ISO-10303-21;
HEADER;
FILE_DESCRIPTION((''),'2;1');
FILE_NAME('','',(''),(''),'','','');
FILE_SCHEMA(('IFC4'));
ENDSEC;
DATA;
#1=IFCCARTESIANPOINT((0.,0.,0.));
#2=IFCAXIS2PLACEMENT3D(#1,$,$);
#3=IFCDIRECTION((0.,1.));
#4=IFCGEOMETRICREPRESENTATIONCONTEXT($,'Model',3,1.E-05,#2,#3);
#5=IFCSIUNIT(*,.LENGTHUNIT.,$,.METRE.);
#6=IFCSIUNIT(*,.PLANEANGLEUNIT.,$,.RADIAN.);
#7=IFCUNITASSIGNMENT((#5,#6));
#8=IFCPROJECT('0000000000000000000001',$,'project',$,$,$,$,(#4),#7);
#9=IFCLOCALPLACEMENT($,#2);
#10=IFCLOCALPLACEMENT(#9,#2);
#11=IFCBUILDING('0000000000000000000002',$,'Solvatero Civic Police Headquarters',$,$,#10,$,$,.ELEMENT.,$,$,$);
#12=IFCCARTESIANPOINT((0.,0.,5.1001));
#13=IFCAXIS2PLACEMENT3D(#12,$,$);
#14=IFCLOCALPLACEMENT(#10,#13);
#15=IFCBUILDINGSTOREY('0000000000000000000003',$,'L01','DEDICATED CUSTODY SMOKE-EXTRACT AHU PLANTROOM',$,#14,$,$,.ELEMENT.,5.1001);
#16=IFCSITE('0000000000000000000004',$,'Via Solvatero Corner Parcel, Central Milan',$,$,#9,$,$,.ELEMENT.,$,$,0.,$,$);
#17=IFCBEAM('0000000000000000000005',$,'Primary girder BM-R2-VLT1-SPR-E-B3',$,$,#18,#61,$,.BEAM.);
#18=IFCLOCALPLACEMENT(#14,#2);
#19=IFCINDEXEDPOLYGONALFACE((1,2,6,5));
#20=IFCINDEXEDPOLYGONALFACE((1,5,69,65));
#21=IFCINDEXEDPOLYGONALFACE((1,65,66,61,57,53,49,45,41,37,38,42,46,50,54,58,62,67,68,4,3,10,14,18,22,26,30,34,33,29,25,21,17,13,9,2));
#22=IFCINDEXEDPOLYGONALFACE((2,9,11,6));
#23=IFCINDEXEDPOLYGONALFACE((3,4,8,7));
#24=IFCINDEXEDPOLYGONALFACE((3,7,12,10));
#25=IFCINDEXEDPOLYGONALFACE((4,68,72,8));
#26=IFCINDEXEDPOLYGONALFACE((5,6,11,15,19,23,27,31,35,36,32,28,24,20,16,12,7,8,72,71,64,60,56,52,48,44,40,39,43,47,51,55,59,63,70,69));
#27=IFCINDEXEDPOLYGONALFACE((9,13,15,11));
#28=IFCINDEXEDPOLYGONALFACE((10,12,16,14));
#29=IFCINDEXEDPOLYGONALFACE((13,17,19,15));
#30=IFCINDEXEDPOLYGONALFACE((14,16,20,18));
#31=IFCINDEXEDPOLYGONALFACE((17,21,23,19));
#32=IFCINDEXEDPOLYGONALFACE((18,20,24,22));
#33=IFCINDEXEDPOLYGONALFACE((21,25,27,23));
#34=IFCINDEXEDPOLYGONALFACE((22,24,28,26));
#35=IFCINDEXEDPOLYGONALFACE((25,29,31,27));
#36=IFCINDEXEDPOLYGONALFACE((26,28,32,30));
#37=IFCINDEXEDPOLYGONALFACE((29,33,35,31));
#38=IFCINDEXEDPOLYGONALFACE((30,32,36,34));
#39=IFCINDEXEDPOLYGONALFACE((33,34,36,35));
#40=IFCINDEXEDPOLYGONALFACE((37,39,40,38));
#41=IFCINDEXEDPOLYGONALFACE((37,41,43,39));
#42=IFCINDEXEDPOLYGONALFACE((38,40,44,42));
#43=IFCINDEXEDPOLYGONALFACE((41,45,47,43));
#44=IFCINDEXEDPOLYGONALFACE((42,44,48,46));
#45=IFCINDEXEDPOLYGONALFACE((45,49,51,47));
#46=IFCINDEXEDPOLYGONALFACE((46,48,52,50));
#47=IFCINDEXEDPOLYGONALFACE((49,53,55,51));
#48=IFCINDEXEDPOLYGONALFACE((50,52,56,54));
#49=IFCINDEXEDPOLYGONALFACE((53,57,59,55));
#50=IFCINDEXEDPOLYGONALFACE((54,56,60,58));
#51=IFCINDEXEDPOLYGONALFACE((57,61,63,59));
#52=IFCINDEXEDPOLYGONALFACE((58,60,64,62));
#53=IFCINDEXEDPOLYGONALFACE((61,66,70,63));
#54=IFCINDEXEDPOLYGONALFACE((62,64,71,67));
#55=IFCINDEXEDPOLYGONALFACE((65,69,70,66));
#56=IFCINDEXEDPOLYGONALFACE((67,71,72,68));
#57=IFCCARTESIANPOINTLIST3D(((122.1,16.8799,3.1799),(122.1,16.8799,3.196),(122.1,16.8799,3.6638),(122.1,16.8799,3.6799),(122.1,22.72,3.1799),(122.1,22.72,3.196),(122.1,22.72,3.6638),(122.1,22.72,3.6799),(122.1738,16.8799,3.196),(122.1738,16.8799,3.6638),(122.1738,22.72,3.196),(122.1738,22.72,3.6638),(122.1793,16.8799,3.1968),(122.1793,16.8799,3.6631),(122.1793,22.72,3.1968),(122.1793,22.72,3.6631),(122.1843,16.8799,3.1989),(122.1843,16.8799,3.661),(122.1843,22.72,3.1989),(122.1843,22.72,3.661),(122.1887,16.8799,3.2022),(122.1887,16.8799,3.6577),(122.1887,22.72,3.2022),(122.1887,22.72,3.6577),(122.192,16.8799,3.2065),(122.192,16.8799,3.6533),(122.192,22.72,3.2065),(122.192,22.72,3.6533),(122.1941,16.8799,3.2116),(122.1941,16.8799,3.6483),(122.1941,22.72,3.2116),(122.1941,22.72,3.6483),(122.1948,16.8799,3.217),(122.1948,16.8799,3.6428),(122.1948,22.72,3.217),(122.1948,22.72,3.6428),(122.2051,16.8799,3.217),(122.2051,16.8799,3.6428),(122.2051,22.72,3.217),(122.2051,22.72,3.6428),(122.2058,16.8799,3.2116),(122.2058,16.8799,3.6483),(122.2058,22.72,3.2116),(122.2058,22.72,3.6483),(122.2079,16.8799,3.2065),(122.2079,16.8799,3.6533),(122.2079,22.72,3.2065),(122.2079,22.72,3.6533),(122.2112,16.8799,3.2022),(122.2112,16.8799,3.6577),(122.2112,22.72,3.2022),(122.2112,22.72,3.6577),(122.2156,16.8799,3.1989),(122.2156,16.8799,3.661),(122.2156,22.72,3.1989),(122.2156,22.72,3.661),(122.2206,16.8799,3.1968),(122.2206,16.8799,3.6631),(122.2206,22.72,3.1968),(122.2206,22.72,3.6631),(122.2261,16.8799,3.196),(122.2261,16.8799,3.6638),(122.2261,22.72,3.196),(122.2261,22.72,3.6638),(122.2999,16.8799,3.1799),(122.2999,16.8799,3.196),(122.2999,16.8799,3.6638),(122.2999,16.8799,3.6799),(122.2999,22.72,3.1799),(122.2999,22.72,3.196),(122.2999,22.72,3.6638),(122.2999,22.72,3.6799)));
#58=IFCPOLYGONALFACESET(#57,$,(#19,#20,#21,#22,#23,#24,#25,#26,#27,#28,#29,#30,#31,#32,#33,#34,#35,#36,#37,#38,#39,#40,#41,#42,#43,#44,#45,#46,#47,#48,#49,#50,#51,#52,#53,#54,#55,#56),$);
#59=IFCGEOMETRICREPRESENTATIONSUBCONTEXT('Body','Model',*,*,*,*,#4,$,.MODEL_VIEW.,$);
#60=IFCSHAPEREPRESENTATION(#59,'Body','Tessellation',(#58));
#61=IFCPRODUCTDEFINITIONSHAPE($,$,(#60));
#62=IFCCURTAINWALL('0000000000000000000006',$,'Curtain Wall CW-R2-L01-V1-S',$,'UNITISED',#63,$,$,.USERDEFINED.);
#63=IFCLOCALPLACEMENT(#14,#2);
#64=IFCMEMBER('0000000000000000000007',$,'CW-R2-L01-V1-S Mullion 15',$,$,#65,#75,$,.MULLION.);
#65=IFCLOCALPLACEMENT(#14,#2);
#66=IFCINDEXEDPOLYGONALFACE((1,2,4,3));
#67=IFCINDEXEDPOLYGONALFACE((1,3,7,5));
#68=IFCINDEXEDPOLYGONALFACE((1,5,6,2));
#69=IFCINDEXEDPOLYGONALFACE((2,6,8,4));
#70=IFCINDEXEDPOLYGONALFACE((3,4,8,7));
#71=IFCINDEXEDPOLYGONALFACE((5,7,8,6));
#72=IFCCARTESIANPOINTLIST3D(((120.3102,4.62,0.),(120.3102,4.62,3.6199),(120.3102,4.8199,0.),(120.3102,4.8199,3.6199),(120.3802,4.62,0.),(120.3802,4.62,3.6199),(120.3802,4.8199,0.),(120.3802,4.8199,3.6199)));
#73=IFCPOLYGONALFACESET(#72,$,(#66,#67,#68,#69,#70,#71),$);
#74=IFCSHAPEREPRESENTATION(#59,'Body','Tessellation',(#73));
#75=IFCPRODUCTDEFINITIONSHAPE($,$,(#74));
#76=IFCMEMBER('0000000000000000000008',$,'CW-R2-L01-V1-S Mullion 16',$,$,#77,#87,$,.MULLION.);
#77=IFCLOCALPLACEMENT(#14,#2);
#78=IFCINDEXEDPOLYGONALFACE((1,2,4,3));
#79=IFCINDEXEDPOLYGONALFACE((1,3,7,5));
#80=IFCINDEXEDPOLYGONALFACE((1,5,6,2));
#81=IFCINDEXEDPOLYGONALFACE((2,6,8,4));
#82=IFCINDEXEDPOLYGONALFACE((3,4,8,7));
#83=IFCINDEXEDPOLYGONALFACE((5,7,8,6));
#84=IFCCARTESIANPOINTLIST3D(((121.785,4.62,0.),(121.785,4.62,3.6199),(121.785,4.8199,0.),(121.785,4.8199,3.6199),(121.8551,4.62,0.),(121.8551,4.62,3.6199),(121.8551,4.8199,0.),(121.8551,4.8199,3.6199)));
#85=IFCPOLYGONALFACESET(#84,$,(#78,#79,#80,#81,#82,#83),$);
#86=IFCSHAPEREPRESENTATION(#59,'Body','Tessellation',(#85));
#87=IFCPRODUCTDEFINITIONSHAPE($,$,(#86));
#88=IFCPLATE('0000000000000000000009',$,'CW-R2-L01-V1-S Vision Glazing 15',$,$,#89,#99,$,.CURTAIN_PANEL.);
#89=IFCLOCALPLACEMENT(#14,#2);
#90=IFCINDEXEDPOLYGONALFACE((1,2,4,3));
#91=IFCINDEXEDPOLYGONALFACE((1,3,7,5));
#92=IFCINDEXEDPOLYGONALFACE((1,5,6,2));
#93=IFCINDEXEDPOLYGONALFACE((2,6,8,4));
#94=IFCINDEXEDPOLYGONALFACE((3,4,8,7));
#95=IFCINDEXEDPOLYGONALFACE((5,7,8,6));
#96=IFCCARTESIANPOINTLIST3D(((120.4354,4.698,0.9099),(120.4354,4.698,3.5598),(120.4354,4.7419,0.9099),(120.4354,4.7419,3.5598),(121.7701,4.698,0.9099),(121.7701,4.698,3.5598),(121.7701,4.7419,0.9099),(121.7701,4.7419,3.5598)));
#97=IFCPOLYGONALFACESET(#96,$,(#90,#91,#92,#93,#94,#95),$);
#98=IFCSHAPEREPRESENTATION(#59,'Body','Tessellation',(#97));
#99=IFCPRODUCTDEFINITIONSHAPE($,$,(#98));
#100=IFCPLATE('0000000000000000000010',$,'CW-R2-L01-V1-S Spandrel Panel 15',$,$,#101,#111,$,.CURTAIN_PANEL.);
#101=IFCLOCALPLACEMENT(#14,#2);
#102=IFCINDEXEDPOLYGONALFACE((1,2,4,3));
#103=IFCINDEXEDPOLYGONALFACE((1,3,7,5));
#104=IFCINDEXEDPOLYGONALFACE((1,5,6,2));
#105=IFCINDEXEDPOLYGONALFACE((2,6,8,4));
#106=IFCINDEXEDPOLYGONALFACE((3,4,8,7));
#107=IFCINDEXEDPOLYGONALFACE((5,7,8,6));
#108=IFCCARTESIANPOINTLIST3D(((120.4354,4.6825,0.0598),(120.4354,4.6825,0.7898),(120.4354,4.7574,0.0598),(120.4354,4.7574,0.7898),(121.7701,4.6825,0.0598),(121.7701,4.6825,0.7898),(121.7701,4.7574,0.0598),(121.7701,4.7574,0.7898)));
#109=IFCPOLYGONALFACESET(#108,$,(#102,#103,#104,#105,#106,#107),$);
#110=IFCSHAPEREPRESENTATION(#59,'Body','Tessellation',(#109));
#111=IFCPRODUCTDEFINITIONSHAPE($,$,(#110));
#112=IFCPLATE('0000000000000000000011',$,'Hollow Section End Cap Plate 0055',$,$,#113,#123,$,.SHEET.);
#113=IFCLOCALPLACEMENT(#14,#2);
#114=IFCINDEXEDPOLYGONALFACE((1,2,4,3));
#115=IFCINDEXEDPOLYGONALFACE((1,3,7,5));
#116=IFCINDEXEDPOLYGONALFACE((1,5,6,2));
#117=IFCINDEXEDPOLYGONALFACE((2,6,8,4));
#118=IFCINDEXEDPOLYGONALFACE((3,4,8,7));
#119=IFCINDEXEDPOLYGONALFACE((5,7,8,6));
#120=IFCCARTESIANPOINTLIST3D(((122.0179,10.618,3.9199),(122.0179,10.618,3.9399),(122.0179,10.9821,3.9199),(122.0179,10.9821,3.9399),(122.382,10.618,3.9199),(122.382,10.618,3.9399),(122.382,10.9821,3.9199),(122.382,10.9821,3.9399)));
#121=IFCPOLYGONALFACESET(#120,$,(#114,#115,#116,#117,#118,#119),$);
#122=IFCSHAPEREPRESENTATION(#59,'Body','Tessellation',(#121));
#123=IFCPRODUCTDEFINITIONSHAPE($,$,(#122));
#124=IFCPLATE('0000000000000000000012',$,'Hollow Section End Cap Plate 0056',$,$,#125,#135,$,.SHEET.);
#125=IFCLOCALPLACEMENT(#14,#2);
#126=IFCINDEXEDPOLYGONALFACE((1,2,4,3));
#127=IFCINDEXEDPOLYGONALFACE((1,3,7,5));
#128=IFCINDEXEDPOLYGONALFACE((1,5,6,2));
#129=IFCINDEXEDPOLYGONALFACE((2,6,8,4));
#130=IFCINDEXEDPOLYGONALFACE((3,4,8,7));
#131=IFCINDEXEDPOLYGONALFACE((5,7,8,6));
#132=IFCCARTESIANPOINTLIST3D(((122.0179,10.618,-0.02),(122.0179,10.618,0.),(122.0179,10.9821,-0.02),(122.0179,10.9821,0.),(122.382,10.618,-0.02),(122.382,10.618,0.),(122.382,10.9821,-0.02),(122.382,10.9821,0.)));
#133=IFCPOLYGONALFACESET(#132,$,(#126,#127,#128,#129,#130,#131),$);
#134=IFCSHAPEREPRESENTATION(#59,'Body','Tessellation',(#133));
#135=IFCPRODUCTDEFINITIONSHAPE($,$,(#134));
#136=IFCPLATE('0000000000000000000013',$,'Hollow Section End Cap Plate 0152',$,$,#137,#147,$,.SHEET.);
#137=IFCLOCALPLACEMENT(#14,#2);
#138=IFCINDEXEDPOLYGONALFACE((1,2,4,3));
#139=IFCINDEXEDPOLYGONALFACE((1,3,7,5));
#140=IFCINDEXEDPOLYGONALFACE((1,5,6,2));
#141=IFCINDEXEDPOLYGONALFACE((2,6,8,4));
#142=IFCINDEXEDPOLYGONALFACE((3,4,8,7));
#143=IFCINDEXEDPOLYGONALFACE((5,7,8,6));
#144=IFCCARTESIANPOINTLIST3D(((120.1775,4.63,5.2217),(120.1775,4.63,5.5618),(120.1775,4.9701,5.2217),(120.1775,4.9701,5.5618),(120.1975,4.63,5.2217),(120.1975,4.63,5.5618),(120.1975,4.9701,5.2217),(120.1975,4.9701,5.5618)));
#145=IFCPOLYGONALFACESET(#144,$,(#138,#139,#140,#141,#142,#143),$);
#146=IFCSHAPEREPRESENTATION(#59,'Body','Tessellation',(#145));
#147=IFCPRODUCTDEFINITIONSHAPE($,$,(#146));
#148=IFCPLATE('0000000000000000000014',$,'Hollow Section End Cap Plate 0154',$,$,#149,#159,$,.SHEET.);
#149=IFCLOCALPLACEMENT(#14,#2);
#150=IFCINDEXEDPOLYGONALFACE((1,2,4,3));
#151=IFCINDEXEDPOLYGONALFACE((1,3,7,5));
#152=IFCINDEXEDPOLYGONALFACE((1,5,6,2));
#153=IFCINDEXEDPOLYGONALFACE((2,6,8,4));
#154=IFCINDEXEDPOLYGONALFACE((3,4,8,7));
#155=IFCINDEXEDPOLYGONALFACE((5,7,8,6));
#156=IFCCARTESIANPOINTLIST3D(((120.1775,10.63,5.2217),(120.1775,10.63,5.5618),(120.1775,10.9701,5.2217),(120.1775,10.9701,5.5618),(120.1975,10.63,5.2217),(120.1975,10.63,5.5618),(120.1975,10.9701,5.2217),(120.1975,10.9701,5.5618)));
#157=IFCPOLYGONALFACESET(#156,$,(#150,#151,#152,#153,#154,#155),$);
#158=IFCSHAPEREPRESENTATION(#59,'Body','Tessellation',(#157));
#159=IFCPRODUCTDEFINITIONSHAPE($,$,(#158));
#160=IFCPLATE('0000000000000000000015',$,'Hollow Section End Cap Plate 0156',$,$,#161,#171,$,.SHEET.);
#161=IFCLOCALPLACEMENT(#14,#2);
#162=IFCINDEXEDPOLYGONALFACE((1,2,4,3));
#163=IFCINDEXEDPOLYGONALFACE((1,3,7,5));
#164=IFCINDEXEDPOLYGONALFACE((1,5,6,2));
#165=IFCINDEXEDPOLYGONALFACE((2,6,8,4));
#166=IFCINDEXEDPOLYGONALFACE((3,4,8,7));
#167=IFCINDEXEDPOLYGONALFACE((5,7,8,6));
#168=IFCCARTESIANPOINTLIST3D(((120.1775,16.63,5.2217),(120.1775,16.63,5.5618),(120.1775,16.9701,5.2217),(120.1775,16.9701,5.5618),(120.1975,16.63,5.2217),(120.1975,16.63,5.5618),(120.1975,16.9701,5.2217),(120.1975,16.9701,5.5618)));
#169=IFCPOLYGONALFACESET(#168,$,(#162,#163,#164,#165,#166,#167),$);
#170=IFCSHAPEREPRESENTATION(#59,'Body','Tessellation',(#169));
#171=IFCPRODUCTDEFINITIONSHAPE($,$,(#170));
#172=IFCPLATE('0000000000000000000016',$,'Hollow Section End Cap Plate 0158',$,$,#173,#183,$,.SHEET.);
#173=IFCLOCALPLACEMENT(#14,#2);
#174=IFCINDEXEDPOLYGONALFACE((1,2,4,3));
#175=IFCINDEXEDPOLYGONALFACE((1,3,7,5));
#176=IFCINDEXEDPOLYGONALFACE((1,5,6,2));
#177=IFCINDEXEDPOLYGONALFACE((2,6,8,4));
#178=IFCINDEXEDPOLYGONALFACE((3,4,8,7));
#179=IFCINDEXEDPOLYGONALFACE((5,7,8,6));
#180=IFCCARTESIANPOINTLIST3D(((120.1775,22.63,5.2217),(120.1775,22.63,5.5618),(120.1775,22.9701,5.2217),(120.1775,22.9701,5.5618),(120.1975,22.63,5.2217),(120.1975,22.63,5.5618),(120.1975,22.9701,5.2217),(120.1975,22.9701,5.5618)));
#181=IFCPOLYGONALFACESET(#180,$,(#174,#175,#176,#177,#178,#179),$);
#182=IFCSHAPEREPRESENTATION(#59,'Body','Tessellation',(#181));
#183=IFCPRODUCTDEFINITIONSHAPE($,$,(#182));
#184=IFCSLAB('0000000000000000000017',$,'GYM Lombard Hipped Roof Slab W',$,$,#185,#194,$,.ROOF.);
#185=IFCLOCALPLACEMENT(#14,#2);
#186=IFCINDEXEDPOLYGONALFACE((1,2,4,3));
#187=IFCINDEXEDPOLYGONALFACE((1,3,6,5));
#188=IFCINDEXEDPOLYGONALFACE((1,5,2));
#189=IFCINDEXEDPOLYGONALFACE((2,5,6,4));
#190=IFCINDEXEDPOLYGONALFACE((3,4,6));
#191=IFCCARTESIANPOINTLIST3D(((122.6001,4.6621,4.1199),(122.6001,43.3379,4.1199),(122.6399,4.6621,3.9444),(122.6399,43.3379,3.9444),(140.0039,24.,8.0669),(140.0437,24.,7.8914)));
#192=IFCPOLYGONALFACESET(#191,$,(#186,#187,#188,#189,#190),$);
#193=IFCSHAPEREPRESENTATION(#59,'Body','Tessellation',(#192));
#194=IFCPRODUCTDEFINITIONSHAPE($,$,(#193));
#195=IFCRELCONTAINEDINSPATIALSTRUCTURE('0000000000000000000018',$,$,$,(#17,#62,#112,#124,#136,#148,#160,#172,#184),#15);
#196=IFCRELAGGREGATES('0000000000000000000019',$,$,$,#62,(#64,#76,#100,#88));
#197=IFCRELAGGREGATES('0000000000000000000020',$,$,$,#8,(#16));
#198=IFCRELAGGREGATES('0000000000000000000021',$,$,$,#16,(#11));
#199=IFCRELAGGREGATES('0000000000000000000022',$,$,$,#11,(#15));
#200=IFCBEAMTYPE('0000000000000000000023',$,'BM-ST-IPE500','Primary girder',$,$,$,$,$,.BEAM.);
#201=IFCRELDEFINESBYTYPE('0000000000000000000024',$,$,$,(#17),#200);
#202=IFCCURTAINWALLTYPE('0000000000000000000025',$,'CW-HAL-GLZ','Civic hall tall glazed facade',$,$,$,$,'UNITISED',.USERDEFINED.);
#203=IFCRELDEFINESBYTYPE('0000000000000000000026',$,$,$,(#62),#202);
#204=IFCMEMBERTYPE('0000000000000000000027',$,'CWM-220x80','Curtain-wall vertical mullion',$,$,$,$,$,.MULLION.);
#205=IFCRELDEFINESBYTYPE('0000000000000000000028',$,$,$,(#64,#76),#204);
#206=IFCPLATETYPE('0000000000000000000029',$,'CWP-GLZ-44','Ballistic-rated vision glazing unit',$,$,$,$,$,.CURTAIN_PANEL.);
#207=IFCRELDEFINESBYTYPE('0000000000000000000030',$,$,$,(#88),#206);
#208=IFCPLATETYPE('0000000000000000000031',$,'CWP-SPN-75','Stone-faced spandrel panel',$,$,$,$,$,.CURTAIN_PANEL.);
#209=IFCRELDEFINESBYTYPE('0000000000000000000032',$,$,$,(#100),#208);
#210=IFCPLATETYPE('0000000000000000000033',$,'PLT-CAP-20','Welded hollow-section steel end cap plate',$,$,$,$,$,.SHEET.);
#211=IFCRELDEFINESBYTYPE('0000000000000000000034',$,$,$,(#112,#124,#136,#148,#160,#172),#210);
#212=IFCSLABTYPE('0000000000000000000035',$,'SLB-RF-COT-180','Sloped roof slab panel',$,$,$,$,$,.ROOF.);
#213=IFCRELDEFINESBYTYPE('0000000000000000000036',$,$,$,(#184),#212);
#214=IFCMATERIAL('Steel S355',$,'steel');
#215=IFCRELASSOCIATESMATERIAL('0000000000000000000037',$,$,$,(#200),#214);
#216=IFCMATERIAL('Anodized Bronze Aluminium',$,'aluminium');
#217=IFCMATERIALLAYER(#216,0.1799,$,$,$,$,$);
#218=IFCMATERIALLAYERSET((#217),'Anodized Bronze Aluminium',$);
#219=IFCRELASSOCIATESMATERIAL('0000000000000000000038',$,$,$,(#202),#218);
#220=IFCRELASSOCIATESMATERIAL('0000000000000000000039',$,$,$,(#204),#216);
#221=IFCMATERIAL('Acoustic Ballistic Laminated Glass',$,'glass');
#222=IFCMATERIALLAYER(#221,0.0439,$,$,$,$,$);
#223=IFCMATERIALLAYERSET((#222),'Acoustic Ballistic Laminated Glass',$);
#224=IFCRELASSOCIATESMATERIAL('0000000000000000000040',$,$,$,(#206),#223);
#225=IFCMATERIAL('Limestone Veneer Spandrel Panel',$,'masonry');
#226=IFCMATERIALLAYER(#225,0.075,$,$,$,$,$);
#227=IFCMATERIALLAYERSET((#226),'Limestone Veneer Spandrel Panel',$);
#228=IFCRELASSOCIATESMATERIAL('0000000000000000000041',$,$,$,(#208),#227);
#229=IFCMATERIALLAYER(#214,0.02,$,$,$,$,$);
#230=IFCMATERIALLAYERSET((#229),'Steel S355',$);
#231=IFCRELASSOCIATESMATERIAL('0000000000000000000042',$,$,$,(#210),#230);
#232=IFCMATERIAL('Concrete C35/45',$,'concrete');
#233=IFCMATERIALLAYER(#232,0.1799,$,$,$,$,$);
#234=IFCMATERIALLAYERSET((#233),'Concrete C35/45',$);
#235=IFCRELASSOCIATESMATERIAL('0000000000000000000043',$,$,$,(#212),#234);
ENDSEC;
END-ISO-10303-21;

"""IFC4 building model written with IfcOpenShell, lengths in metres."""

from ifc_helpers import new_model, si_unit, direction, frame, origin, origin_2d, place, context, subcontext, project, spatial, polyline, rectangle, i_section, outline, extrude, material, layer, layer_set, material_profile, profile_set, type_object, element, aggregate, save


model = new_model("IFC4")

# Units and contexts
model_context = context("Model", 3, precision=1e-05, world=origin(), true_north=direction((0.0, 1.0)))
body_context = subcontext(model_context, "Body", "Model", "MODEL_VIEW")
ifc_project = project(units=[si_unit("LENGTHUNIT", "METRE"), si_unit("PLANEANGLEUNIT", "RADIAN")], contexts=[model_context])

# Site, building, storey
site_placement = place(None, origin())
site = spatial("IfcSite", under=ifc_project, at=site_placement, Name="Via Solvatero Corner Parcel, Central Milan", CompositionType="ELEMENT", RefElevation=0.0)
building_placement = place(site_placement, origin())
building = spatial("IfcBuilding", under=site, at=building_placement, Name="Solvatero Civic Police Headquarters", CompositionType="ELEMENT")
storey_placement = place(building_placement, frame((0.0, 0.0, 5.1001)))
storey = spatial("IfcBuildingStorey", under=building, at=storey_placement, Name="L01", Description="DEDICATED CUSTODY SMOKE-EXTRACT AHU PLANTROOM", CompositionType="ELEMENT", Elevation=5.1001)

# Shared definitions
ifc_material_1 = material(Name="Steel S355", Category="steel")

# Beam
ifc_material_profile_1 = material_profile(ifc_material_1, i_section(OverallWidth=0.2, OverallDepth=0.5, WebThickness=0.0103, FlangeThickness=0.0161, FilletRadius=0.021, at=origin_2d()), Name="IPE 500")
ifc_profile_set_1 = profile_set([ifc_material_profile_1], Name="Steel S355")
beam_type = type_object("IfcBeamType", Name="BM-ST-IPE500", Description="Primary girder", PredefinedType="BEAM", material=ifc_profile_set_1)
for number, where, z_axis, x_axis, name in (
    (1, (122.2, 16.8799, 3.4299), (0.0, 1.0, 0.0), (-1.0, 0.0, 0.0), "Primary girder BM-R2-VLT1-SPR-E-B3"),
):
    element("IfcBeam", number, at=place(storey_placement, frame(where, z_axis=z_axis, x_axis=x_axis)), inside=storey, type_object=beam_type, Name=name, PredefinedType="BEAM", context=body_context, shape_type="SweptSolid", body=[
        extrude(i_section(OverallWidth=0.2, OverallDepth=0.5, WebThickness=0.0103, FlangeThickness=0.0161, FilletRadius=0.021, at=origin_2d()), origin(), (0.0, 0.0, 1.0), 5.8401),
    ])

# Curtain wall, members, plates
ifc_material_2 = material(Name="Anodized Bronze Aluminium", Category="aluminium")
ifc_layer_1 = layer(ifc_material_2, 0.1799)
ifc_layer_set_1 = layer_set([ifc_layer_1], Name="Anodized Bronze Aluminium")
curtain_wall_type = type_object("IfcCurtainWallType", Name="CW-HAL-GLZ", Description="Civic hall tall glazed facade", ElementType="UNITISED", PredefinedType="USERDEFINED", material=ifc_layer_set_1)
curtain_wall_placement = place(storey_placement, origin())
curtain_wall = element("IfcCurtainWall", 2, at=curtain_wall_placement, inside=storey, type_object=curtain_wall_type, Name="Curtain Wall CW-R2-L01-V1-S", ObjectType="UNITISED", PredefinedType="USERDEFINED")
ifc_material_profile_2 = material_profile(ifc_material_2, rectangle(XDim=0.0701, YDim=0.2, at=origin_2d()), Name="ALU MULLION 70x200")
ifc_profile_set_2 = profile_set([ifc_material_profile_2], Name="Anodized Bronze Aluminium")
member_type = type_object("IfcMemberType", Name="CWM-220x80", Description="Curtain-wall vertical mullion", PredefinedType="MULLION", material=ifc_profile_set_2)
member_1_placement = place(storey_placement, frame((120.3452, 4.72, 0.0), z_axis=(0.0, 0.0, 1.0), x_axis=(1.0, 0.0, 0.0)))
member_1 = element("IfcMember", 3, at=member_1_placement, type_object=member_type, Name="CW-R2-L01-V1-S Mullion 15", PredefinedType="MULLION", context=body_context, shape_type="SweptSolid", body=[
    extrude(rectangle(XDim=0.0701, YDim=0.2, at=origin_2d()), origin(), (0.0, 0.0, 1.0), 3.6199),
])
member_2_placement = place(storey_placement, frame((121.8201, 4.72, 0.0), z_axis=(0.0, 0.0, 1.0), x_axis=(1.0, 0.0, 0.0)))
member_2 = element("IfcMember", 4, at=member_2_placement, type_object=member_type, Name="CW-R2-L01-V1-S Mullion 16", PredefinedType="MULLION", context=body_context, shape_type="SweptSolid", body=[
    extrude(rectangle(XDim=0.0701, YDim=0.2, at=origin_2d()), origin(), (0.0, 0.0, 1.0), 3.6199),
])
ifc_material_3 = material(Name="Acoustic Ballistic Laminated Glass", Category="glass")
ifc_layer_2 = layer(ifc_material_3, 0.0439)
ifc_layer_set_2 = layer_set([ifc_layer_2], Name="Acoustic Ballistic Laminated Glass")
plate_type_1 = type_object("IfcPlateType", Name="CWP-GLZ-44", Description="Ballistic-rated vision glazing unit", PredefinedType="CURTAIN_PANEL", material=ifc_layer_set_2)
plate_1_placement = place(storey_placement, frame((121.1028, 4.72, 0.9099), z_axis=(0.0, 0.0, 1.0), x_axis=(1.0, 0.0, 0.0)))
plate_1 = element("IfcPlate", 5, at=plate_1_placement, type_object=plate_type_1, Name="CW-R2-L01-V1-S Vision Glazing 15", PredefinedType="CURTAIN_PANEL", context=body_context, shape_type="SweptSolid", body=[
    extrude(rectangle(XDim=1.3347, YDim=0.0439, at=origin_2d()), origin(), (0.0, 0.0, 1.0), 2.6499),
])
ifc_material_4 = material(Name="Limestone Veneer Spandrel Panel", Category="masonry")
ifc_layer_3 = layer(ifc_material_4, 0.075)
ifc_layer_set_3 = layer_set([ifc_layer_3], Name="Limestone Veneer Spandrel Panel")
plate_type_2 = type_object("IfcPlateType", Name="CWP-SPN-75", Description="Stone-faced spandrel panel", PredefinedType="CURTAIN_PANEL", material=ifc_layer_set_3)
plate_2_placement = place(storey_placement, frame((121.1028, 4.72, 0.0598), z_axis=(0.0, 0.0, 1.0), x_axis=(1.0, 0.0, 0.0)))
plate_2 = element("IfcPlate", 6, at=plate_2_placement, type_object=plate_type_2, Name="CW-R2-L01-V1-S Spandrel Panel 15", PredefinedType="CURTAIN_PANEL", context=body_context, shape_type="SweptSolid", body=[
    extrude(rectangle(XDim=1.3347, YDim=0.075, at=origin_2d()), origin(), (0.0, 0.0, 1.0), 0.73),
])
aggregate(curtain_wall, [member_1, member_2, plate_2, plate_1])

# Plates
ifc_layer_4 = layer(ifc_material_1, 0.02)
ifc_layer_set_4 = layer_set([ifc_layer_4], Name="Steel S355")
plate_type_3 = type_object("IfcPlateType", Name="PLT-CAP-20", Description="Welded hollow-section steel end cap plate", PredefinedType="SHEET", material=ifc_layer_set_4)
for number, where, z_axis, x_axis, name in (
    (7, (122.2, 10.8, 3.9199), (0.0, 0.0, 1.0), (1.0, 0.0, 0.0), "Hollow Section End Cap Plate 0055"),
    (8, (122.2, 10.8, -0.02), (0.0, 0.0, 1.0), (1.0, 0.0, 0.0), "Hollow Section End Cap Plate 0056"),
):
    element("IfcPlate", number, at=place(storey_placement, frame(where, z_axis=z_axis, x_axis=x_axis)), inside=storey, type_object=plate_type_3, Name=name, PredefinedType="SHEET", context=body_context, shape_type="SweptSolid", body=[
        extrude(rectangle(XDim=0.364, YDim=0.364, at=origin_2d()), origin(), (0.0, 0.0, 1.0), 0.02),
    ])
for number, where, z_axis, x_axis, name in (
    (9, (120.1875, 4.8, 5.2217), (0.0, 0.0, 1.0), (1.0, 0.0, 0.0), "Hollow Section End Cap Plate 0152"),
    (10, (120.1875, 10.8, 5.2217), (0.0, 0.0, 1.0), (1.0, 0.0, 0.0), "Hollow Section End Cap Plate 0154"),
    (11, (120.1875, 16.8, 5.2217), (0.0, 0.0, 1.0), (1.0, 0.0, 0.0), "Hollow Section End Cap Plate 0156"),
    (12, (120.1875, 22.8, 5.2217), (0.0, 0.0, 1.0), (1.0, 0.0, 0.0), "Hollow Section End Cap Plate 0158"),
):
    element("IfcPlate", number, at=place(storey_placement, frame(where, z_axis=z_axis, x_axis=x_axis)), inside=storey, type_object=plate_type_3, Name=name, PredefinedType="SHEET", context=body_context, shape_type="SweptSolid", body=[
        extrude(rectangle(XDim=0.02, YDim=0.3401, at=origin_2d()), origin(), (0.0, 0.0, 1.0), 0.3401),
    ])

# Slab
ifc_material_5 = material(Name="Concrete C35/45", Category="concrete")
ifc_layer_5 = layer(ifc_material_5, 0.1799)
ifc_layer_set_5 = layer_set([ifc_layer_5], Name="Concrete C35/45")
slab_type_1 = type_object("IfcSlabType", Name="SLB-RF-COT-180", Description="Sloped roof slab panel", PredefinedType="ROOF", material=ifc_layer_set_5)
slab_1_placement = place(storey_placement, frame((122.6001, 4.6621, 4.1199), z_axis=(-0.221174, 0.0, 0.975234), x_axis=(0.0, 1.0, 0.0)))
element("IfcSlab", 13, at=slab_1_placement, inside=storey, type_object=slab_type_1, Name="GYM Lombard Hipped Roof Slab W", PredefinedType="ROOF", context=body_context, shape_type="SweptSolid", body=[
    extrude(outline(polyline([(0.0, 0.0), (38.6758, 0.0), (19.3379, -17.8458), (0.0, 0.0)])), origin(), (0.0, 0.0, -1.0), 0.1799),
])

save(model, "model.ifc")
